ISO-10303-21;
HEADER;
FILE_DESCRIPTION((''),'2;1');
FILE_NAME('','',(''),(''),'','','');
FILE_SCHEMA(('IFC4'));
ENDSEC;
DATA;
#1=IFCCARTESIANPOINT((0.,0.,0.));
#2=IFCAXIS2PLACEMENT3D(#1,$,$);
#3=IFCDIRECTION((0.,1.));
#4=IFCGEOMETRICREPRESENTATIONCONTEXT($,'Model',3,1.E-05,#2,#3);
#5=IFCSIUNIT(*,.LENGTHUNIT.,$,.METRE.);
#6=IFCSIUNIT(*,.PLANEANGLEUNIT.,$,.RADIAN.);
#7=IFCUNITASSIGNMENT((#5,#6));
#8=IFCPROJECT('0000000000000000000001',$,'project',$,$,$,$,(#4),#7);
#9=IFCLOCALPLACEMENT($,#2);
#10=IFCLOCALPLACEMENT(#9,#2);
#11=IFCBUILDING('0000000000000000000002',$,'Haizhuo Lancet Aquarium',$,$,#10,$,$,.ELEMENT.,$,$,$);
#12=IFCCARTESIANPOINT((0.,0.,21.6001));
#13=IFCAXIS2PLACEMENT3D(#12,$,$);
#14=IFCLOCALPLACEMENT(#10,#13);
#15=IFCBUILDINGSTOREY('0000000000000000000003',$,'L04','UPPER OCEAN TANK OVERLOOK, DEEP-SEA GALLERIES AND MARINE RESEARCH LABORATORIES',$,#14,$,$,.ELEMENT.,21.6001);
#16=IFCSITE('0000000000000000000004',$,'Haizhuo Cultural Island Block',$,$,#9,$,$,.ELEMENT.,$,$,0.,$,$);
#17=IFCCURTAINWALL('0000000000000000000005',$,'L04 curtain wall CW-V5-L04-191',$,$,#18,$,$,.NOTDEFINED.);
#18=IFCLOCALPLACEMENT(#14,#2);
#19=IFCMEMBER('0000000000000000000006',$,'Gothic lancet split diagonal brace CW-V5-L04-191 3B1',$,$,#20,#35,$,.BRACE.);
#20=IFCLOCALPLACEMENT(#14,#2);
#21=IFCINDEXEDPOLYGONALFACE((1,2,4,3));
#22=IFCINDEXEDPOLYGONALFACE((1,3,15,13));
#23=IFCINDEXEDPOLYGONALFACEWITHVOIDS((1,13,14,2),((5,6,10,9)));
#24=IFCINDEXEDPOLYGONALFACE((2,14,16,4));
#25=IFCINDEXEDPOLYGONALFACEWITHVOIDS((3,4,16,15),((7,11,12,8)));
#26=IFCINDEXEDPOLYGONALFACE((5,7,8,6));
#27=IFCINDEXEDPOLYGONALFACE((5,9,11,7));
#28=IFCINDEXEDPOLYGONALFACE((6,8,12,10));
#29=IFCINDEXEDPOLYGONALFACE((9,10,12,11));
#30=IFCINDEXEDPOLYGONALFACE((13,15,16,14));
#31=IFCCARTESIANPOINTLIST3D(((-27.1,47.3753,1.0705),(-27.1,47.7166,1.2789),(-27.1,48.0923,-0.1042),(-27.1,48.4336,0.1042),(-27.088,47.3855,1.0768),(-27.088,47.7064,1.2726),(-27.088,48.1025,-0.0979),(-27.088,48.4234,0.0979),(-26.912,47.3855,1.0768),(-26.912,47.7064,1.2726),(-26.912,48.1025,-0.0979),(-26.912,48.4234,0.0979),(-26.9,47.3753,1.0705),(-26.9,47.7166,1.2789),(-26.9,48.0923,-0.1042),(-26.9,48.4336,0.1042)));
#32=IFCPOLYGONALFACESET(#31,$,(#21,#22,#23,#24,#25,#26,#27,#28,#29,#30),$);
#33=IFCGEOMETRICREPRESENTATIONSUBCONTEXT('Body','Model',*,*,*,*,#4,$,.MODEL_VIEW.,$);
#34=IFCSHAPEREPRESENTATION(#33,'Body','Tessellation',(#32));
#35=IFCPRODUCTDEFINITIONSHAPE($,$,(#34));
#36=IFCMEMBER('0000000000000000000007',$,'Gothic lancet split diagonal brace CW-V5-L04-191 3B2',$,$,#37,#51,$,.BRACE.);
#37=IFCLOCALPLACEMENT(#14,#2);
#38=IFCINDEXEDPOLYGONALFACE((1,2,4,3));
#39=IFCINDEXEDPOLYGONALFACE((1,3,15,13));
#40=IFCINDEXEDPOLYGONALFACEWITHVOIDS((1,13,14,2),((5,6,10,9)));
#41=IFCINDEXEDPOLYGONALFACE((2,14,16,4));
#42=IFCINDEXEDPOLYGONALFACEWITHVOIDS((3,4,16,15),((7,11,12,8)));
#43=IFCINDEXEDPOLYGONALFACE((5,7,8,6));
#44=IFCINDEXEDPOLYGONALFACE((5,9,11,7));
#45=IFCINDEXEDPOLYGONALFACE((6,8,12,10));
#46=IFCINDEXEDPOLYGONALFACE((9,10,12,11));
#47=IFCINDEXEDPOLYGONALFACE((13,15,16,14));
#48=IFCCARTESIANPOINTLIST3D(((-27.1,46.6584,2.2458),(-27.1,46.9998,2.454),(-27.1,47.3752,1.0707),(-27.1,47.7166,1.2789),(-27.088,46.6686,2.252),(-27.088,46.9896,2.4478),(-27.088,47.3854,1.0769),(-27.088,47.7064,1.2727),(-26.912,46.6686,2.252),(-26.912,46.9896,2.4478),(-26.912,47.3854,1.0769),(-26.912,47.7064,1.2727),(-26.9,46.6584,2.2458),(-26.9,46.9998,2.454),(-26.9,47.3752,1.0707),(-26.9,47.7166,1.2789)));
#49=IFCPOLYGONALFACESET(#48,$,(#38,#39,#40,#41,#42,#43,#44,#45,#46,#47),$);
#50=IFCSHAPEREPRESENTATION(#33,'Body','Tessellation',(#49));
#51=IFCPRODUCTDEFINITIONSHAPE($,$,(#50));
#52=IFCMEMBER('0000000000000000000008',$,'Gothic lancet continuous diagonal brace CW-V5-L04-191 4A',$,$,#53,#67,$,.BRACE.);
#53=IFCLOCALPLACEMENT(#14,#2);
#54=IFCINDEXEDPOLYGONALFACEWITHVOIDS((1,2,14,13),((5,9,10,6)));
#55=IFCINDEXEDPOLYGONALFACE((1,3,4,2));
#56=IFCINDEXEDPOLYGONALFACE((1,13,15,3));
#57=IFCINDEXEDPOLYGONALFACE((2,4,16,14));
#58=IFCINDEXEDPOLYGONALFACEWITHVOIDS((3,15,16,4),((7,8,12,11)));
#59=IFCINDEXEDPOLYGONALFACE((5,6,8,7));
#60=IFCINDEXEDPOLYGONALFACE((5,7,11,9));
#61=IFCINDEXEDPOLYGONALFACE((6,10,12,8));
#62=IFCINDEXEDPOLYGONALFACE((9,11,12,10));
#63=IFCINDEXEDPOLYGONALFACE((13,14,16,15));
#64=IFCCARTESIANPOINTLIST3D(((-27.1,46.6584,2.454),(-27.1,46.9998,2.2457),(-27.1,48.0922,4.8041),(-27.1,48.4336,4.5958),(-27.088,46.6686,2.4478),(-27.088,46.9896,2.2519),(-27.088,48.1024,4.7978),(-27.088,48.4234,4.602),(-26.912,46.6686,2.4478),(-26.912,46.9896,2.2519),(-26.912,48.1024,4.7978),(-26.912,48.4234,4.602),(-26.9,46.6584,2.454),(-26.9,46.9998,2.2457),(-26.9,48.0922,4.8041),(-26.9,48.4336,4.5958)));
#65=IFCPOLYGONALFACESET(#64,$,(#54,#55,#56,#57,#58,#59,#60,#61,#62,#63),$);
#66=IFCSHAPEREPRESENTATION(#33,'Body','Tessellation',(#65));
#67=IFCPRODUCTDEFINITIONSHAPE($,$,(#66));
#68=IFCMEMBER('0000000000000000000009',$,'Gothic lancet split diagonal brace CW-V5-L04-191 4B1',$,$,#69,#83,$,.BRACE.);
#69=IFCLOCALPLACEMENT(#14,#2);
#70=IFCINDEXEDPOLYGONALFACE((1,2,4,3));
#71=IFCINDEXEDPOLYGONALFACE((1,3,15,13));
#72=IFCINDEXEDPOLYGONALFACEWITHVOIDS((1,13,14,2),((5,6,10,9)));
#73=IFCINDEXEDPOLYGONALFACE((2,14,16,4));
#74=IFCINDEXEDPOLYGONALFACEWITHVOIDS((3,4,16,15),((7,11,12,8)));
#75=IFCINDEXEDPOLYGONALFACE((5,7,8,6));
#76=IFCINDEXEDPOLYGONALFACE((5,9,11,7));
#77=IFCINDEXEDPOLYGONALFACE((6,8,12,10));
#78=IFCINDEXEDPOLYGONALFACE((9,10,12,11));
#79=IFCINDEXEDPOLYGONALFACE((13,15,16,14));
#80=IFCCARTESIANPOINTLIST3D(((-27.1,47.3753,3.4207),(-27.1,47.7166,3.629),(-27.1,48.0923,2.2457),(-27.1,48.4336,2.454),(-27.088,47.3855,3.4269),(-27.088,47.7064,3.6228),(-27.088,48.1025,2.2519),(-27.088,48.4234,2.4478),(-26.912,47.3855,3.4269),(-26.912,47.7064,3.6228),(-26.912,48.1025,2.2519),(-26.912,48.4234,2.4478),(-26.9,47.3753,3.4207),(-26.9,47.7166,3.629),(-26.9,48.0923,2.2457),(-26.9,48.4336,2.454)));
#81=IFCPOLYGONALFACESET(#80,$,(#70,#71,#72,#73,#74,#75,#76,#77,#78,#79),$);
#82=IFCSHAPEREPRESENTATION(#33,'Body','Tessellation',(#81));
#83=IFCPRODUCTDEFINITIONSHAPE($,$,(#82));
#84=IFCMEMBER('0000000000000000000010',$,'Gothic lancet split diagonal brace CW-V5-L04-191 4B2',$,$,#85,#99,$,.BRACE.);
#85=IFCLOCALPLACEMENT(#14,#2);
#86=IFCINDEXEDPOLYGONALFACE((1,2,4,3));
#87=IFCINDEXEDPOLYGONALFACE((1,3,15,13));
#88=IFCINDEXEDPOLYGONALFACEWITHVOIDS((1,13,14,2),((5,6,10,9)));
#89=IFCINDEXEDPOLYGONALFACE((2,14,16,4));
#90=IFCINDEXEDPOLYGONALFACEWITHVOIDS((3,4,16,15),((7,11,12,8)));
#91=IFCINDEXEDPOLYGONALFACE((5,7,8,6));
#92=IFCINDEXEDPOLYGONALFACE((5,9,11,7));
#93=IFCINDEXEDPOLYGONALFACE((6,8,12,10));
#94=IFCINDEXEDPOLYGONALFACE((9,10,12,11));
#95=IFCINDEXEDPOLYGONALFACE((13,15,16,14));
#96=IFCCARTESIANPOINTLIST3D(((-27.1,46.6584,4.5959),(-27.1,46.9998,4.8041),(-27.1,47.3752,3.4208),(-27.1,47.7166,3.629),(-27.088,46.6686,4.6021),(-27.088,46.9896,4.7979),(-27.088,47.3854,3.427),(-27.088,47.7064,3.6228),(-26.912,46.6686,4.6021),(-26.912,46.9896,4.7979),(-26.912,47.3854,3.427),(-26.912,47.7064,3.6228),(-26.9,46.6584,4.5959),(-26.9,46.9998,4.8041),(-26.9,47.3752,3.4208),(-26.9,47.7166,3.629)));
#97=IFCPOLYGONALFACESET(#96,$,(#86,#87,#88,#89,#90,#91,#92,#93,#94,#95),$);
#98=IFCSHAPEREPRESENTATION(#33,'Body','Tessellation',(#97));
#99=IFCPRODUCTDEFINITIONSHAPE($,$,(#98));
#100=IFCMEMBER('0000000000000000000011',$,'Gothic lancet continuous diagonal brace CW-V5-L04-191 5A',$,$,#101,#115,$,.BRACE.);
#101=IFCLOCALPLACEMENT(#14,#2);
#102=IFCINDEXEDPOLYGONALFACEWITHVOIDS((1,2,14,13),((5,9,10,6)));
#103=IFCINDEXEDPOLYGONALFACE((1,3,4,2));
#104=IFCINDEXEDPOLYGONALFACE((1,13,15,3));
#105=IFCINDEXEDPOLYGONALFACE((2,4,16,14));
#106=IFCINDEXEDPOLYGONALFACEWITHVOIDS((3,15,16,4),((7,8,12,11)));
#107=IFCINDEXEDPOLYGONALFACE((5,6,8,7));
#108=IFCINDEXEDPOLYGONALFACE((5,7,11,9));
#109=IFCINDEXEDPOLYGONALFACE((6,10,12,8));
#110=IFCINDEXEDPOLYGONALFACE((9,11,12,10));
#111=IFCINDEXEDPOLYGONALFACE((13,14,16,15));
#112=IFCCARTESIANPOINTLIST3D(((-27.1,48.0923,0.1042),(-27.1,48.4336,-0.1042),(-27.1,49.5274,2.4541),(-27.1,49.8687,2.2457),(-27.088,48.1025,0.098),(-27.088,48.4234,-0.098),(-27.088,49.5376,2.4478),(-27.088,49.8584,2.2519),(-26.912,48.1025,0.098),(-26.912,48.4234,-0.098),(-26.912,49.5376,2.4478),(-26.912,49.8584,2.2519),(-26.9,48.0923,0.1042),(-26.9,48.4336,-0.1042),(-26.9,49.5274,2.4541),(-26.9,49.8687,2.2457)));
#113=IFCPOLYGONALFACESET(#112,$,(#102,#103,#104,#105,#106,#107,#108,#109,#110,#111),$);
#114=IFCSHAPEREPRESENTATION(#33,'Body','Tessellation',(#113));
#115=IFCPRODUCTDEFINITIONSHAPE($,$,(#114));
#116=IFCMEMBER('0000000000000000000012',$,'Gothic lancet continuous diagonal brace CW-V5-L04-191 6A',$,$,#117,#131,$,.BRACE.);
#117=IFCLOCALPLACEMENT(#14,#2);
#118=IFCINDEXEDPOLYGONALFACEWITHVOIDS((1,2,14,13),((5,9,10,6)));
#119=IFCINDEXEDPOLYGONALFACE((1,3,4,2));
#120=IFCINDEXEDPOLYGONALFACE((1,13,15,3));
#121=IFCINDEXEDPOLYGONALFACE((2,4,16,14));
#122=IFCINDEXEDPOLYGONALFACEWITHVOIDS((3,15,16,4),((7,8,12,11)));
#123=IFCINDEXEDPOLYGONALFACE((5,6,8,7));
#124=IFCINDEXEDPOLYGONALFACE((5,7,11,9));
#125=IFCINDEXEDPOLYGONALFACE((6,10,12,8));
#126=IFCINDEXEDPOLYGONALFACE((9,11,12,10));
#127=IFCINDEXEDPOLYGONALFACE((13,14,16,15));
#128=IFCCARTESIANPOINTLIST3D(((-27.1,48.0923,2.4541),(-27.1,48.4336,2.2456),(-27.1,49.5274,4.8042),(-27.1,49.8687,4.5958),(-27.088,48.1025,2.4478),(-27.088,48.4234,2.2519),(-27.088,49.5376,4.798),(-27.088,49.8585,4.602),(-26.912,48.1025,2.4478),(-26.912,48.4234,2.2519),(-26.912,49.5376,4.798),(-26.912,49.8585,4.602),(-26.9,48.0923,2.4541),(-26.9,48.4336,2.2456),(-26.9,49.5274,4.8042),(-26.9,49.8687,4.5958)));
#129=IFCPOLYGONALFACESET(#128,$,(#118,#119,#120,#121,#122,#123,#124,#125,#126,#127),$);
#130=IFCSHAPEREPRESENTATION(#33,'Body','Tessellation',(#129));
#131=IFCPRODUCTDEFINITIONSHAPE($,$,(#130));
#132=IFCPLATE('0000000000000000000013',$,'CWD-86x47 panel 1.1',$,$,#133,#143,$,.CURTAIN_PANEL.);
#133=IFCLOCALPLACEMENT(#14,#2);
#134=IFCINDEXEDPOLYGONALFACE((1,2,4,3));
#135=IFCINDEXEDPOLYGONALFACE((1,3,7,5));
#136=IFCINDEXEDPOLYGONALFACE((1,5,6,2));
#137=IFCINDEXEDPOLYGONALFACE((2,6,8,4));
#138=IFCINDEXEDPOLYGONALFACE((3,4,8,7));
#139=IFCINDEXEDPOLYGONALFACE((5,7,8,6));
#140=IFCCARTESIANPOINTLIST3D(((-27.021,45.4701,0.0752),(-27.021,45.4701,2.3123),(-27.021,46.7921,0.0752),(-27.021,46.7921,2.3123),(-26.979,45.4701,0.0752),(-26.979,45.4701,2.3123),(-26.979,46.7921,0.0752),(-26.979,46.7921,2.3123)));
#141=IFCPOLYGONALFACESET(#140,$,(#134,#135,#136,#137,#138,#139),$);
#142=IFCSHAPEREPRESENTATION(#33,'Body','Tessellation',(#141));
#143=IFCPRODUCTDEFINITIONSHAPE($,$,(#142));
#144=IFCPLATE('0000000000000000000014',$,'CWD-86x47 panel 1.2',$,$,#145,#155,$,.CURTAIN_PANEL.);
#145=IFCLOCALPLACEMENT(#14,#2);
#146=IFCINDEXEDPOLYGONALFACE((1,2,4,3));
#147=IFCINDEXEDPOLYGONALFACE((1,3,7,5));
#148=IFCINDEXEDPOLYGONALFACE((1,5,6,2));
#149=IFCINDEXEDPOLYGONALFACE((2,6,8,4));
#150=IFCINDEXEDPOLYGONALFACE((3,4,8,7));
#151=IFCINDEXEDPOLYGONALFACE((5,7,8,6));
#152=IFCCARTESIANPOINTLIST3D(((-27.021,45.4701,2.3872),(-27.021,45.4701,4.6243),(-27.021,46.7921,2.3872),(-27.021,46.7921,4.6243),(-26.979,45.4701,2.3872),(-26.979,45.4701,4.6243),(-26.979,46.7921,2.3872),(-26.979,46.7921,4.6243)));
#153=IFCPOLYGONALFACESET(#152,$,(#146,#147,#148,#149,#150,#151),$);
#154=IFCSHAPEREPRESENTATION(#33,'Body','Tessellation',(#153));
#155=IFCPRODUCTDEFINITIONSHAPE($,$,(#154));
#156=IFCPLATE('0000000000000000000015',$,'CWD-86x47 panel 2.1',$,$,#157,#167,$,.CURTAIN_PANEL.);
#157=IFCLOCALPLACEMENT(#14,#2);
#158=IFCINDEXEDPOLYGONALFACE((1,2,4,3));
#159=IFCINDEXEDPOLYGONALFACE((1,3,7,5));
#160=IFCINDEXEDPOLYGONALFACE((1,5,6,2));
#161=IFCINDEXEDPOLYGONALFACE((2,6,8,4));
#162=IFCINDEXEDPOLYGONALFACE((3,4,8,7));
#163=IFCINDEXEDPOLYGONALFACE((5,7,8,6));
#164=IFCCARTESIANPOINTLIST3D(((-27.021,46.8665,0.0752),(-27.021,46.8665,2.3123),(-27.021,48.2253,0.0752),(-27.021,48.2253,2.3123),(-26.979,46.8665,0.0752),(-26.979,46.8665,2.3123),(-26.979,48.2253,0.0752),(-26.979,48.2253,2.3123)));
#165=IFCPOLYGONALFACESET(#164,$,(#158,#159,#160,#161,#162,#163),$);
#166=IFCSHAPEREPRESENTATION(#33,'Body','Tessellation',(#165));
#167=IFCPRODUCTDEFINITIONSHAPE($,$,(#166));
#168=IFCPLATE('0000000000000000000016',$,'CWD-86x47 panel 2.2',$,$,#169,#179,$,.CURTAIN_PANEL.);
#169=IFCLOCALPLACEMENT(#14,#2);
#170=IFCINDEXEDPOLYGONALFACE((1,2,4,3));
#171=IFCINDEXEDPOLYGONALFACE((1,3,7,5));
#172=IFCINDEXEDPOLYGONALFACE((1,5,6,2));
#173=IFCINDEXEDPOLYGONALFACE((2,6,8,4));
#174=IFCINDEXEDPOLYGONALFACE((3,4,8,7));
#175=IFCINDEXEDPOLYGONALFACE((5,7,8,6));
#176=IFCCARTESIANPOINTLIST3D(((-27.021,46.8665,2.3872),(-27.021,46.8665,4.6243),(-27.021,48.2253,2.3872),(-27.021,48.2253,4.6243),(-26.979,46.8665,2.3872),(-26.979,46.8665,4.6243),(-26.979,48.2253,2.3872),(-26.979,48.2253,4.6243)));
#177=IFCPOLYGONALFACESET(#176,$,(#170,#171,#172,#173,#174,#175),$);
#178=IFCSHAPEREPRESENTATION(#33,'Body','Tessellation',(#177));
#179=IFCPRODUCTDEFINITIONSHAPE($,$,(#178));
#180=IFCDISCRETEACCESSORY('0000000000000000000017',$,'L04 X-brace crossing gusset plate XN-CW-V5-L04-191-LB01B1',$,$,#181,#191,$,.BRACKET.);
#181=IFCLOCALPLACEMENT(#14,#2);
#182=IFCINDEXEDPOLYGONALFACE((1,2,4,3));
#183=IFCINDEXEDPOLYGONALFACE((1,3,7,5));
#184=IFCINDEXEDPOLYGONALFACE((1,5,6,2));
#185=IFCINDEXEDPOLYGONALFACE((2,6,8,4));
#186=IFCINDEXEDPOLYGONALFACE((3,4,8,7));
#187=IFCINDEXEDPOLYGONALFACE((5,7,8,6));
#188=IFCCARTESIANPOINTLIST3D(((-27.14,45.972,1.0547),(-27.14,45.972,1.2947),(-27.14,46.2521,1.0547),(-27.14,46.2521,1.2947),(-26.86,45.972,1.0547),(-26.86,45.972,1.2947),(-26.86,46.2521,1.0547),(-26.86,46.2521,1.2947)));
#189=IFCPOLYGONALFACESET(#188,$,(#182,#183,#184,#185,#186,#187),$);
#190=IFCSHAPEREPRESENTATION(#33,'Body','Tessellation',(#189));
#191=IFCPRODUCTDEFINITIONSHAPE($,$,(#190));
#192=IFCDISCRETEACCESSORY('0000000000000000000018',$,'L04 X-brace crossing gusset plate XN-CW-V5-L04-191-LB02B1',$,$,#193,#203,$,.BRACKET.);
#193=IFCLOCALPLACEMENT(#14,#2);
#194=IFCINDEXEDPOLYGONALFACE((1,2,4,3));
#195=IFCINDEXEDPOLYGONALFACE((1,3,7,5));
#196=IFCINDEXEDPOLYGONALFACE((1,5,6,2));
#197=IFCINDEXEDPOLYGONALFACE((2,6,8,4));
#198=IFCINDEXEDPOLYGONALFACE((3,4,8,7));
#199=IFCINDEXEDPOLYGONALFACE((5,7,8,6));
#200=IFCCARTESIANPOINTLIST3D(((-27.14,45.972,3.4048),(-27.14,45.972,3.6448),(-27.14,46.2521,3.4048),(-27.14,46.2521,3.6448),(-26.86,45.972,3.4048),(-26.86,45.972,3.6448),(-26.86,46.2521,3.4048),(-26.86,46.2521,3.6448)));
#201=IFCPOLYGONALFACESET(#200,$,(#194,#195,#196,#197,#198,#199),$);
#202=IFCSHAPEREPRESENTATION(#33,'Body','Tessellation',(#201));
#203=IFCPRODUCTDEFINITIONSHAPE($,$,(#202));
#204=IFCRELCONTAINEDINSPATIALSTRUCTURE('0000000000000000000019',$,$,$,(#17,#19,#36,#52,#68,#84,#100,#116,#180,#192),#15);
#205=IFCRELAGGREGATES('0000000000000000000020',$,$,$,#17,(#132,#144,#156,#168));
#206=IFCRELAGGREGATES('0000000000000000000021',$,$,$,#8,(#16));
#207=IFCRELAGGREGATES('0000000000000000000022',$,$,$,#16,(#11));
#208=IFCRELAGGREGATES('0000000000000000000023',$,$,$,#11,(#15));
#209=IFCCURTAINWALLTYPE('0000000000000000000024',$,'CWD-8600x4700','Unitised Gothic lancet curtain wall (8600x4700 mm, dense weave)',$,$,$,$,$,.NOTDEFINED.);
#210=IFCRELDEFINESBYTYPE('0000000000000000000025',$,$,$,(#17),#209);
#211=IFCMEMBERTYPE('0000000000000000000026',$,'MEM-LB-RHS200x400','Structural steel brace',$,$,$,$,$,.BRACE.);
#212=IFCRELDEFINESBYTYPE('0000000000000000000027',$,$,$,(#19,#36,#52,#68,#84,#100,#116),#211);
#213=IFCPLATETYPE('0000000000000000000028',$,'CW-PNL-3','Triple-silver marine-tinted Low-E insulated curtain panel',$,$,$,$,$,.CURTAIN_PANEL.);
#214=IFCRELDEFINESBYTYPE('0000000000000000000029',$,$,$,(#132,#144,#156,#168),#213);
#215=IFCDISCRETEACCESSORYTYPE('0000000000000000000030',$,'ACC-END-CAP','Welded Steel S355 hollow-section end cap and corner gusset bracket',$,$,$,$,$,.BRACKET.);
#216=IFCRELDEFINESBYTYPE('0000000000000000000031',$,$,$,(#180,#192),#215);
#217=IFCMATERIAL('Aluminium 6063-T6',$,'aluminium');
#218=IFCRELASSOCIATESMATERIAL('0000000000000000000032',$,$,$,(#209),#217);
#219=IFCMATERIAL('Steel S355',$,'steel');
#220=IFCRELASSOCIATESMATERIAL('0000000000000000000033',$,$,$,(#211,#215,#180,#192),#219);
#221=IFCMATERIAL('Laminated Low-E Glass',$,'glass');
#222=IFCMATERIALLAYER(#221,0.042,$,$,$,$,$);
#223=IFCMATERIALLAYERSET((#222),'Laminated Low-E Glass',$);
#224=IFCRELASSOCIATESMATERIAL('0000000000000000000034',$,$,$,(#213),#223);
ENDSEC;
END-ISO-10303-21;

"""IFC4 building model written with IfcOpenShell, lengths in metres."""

from ifc_helpers import new_model, si_unit, direction, frame, origin, origin_2d, place, context, subcontext, project, spatial, rectangle, hollow_rectangle, extrude, material, layer, layer_set, material_profile, profile_set, type_object, element, aggregate, save


model = new_model("IFC4")

# Units and contexts
model_context = context("Model", 3, precision=1e-05, world=origin(), true_north=direction((0.0, 1.0)))
body_context = subcontext(model_context, "Body", "Model", "MODEL_VIEW")
ifc_project = project(units=[si_unit("LENGTHUNIT", "METRE"), si_unit("PLANEANGLEUNIT", "RADIAN")], contexts=[model_context])

# Site, building, storey
site_placement = place(None, origin())
site = spatial("IfcSite", under=ifc_project, at=site_placement, Name="Haizhuo Cultural Island Block", CompositionType="ELEMENT", RefElevation=0.0)
building_placement = place(site_placement, origin())
building = spatial("IfcBuilding", under=site, at=building_placement, Name="Haizhuo Lancet Aquarium", CompositionType="ELEMENT")
storey_placement = place(building_placement, frame((0.0, 0.0, 21.6001)))
storey = spatial("IfcBuildingStorey", under=building, at=storey_placement, Name="L04", Description="UPPER OCEAN TANK OVERLOOK, DEEP-SEA GALLERIES AND MARINE RESEARCH LABORATORIES", CompositionType="ELEMENT", Elevation=21.6001)

# Curtain wall
ifc_material_1 = material(Name="Aluminium 6063-T6", Category="aluminium")
curtain_wall_type = type_object("IfcCurtainWallType", Name="CWD-8600x4700", Description="Unitised Gothic lancet curtain wall (8600x4700 mm, dense weave)", PredefinedType="NOTDEFINED", material=ifc_material_1)
curtain_wall_placement = place(storey_placement, origin())
curtain_wall = element("IfcCurtainWall", 1, at=curtain_wall_placement, inside=storey, type_object=curtain_wall_type, Name="L04 curtain wall CW-V5-L04-191", PredefinedType="NOTDEFINED")

# Members
ifc_material_2 = material(Name="Steel S355", Category="steel")
ifc_material_profile_1 = material_profile(ifc_material_2, hollow_rectangle(XDim=0.2, YDim=0.3999, WallThickness=0.012, at=origin_2d()), Name="RHS 200x400x12")
ifc_profile_set_1 = profile_set([ifc_material_profile_1], Name="Steel S355")
member_type_1 = type_object("IfcMemberType", Name="MEM-LB-RHS200x400", Description="Structural steel brace", PredefinedType="BRACE", material=ifc_profile_set_1)
member_1_placement = place(storey_placement, frame((-27.0, 48.2629, 0.0), z_axis=(0.0, -0.520976, 0.853571), x_axis=(1.0, 0.0, 0.0)))
element("IfcMember", 2, at=member_1_placement, inside=storey, type_object=member_type_1, Name="Gothic lancet split diagonal brace CW-V5-L04-191 3B1", PredefinedType="BRACE", context=body_context, shape_type="SweptSolid", body=[
    extrude(hollow_rectangle(XDim=0.2, YDim=0.3999, WallThickness=0.012, at=origin_2d()), origin(), (0.0, 0.0, 1.0), 1.3762),
])
member_2_placement = place(storey_placement, frame((-27.0, 47.5459, 1.1748), z_axis=(0.0, -0.520768, 0.853698), x_axis=(1.0, 0.0, 0.0)))
element("IfcMember", 3, at=member_2_placement, inside=storey, type_object=member_type_1, Name="Gothic lancet split diagonal brace CW-V5-L04-191 3B2", PredefinedType="BRACE", context=body_context, shape_type="SweptSolid", body=[
    extrude(hollow_rectangle(XDim=0.2, YDim=0.3999, WallThickness=0.012, at=origin_2d()), origin(), (0.0, 0.0, 1.0), 1.3765),
])
member_3_placement = place(storey_placement, frame((-27.0, 46.8291, 2.3499), z_axis=(0.0, 0.520833, 0.853659), x_axis=(-1.0, 0.0, 0.0)))
element("IfcMember", 4, at=member_3_placement, inside=storey, type_object=member_type_1, Name="Gothic lancet continuous diagonal brace CW-V5-L04-191 4A", PredefinedType="BRACE", context=body_context, shape_type="SweptSolid", body=[
    extrude(hollow_rectangle(XDim=0.2, YDim=0.3999, WallThickness=0.012, at=origin_2d()), origin(), (0.0, 0.0, 1.0), 2.7529),
])
for number, where, z_axis, x_axis, name in (
    (5, (-27.0, 48.2629, 2.3499), (0.0, -0.520898, 0.853619), (1.0, 0.0, 0.0), "Gothic lancet split diagonal brace CW-V5-L04-191 4B1"),
    (6, (-27.0, 47.5459, 3.5249), (0.0, -0.520768, 0.853698), (1.0, 0.0, 0.0), "Gothic lancet split diagonal brace CW-V5-L04-191 4B2"),
):
    element("IfcMember", number, at=place(storey_placement, frame(where, z_axis=z_axis, x_axis=x_axis)), inside=storey, type_object=member_type_1, Name=name, PredefinedType="BRACE", context=body_context, shape_type="SweptSolid", body=[
        extrude(hollow_rectangle(XDim=0.2, YDim=0.3999, WallThickness=0.012, at=origin_2d()), origin(), (0.0, 0.0, 1.0), 1.3765),
    ])
member_4_placement = place(storey_placement, frame((-27.0, 48.2629, 0.0), z_axis=(0.0, 0.521195, 0.853437), x_axis=(-1.0, 0.0, 0.0)))
element("IfcMember", 7, at=member_4_placement, inside=storey, type_object=member_type_1, Name="Gothic lancet continuous diagonal brace CW-V5-L04-191 5A", PredefinedType="BRACE", context=body_context, shape_type="SweptSolid", body=[
    extrude(hollow_rectangle(XDim=0.2, YDim=0.3999, WallThickness=0.012, at=origin_2d()), origin(), (0.0, 0.0, 1.0), 2.7534),
])
member_5_placement = place(storey_placement, frame((-27.0, 48.2629, 2.3499), z_axis=(0.0, 0.521156, 0.853461), x_axis=(-1.0, 0.0, 0.0)))
element("IfcMember", 8, at=member_5_placement, inside=storey, type_object=member_type_1, Name="Gothic lancet continuous diagonal brace CW-V5-L04-191 6A", PredefinedType="BRACE", context=body_context, shape_type="SweptSolid", body=[
    extrude(hollow_rectangle(XDim=0.2, YDim=0.3999, WallThickness=0.012, at=origin_2d()), origin(), (0.0, 0.0, 1.0), 2.7537),
])

# Plates
ifc_material_3 = material(Name="Laminated Low-E Glass", Category="glass")
ifc_layer = layer(ifc_material_3, 0.042)
ifc_layer_set = layer_set([ifc_layer], Name="Laminated Low-E Glass")
plate_type = type_object("IfcPlateType", Name="CW-PNL-3", Description="Triple-silver marine-tinted Low-E insulated curtain panel", PredefinedType="CURTAIN_PANEL", material=ifc_layer_set)
plate_1_placement = place(storey_placement, frame((-27.0, 46.1311, 0.0752), z_axis=(0.0, 0.0, 1.0), x_axis=(0.0, 1.0, 0.0)))
plate_1 = element("IfcPlate", 9, at=plate_1_placement, type_object=plate_type, Name="CWD-86x47 panel 1.1", PredefinedType="CURTAIN_PANEL", context=body_context, shape_type="SweptSolid", body=[
    extrude(rectangle(XDim=1.322, YDim=0.042, at=origin_2d()), origin(), (0.0, 0.0, 1.0), 2.2371),
])
plate_2_placement = place(storey_placement, frame((-27.0, 46.1311, 2.3872), z_axis=(0.0, 0.0, 1.0), x_axis=(0.0, 1.0, 0.0)))
plate_2 = element("IfcPlate", 10, at=plate_2_placement, type_object=plate_type, Name="CWD-86x47 panel 1.2", PredefinedType="CURTAIN_PANEL", context=body_context, shape_type="SweptSolid", body=[
    extrude(rectangle(XDim=1.322, YDim=0.042, at=origin_2d()), origin(), (0.0, 0.0, 1.0), 2.2371),
])
plate_3_placement = place(storey_placement, frame((-27.0, 47.5459, 0.0752), z_axis=(0.0, 0.0, 1.0), x_axis=(0.0, 1.0, 0.0)))
plate_3 = element("IfcPlate", 11, at=plate_3_placement, type_object=plate_type, Name="CWD-86x47 panel 2.1", PredefinedType="CURTAIN_PANEL", context=body_context, shape_type="SweptSolid", body=[
    extrude(rectangle(XDim=1.3589, YDim=0.042, at=origin_2d()), origin(), (0.0, 0.0, 1.0), 2.2371),
])
plate_4_placement = place(storey_placement, frame((-27.0, 47.5459, 2.3872), z_axis=(0.0, 0.0, 1.0), x_axis=(0.0, 1.0, 0.0)))
plate_4 = element("IfcPlate", 12, at=plate_4_placement, type_object=plate_type, Name="CWD-86x47 panel 2.2", PredefinedType="CURTAIN_PANEL", context=body_context, shape_type="SweptSolid", body=[
    extrude(rectangle(XDim=1.3589, YDim=0.042, at=origin_2d()), origin(), (0.0, 0.0, 1.0), 2.2371),
])
aggregate(curtain_wall, [plate_1, plate_2, plate_3, plate_4])

# Discrete accessories
discrete_accessory_type = type_object("IfcDiscreteAccessoryType", Name="ACC-END-CAP", Description="Welded Steel S355 hollow-section end cap and corner gusset bracket", PredefinedType="BRACKET", material=ifc_material_2)
for number, where, z_axis, x_axis, name in (
    (13, (-27.0, 46.1121, 1.0547), (0.0, 0.0, 1.0), (1.0, 0.0, 0.0), "L04 X-brace crossing gusset plate XN-CW-V5-L04-191-LB01B1"),
    (14, (-27.0, 46.1121, 3.4048), (0.0, 0.0, 1.0), (1.0, 0.0, 0.0), "L04 X-brace crossing gusset plate XN-CW-V5-L04-191-LB02B1"),
):
    element("IfcDiscreteAccessory", number, at=place(storey_placement, frame(where, z_axis=z_axis, x_axis=x_axis)), inside=storey, type_object=discrete_accessory_type, material=ifc_material_2, Name=name, PredefinedType="BRACKET", context=body_context, shape_type="SweptSolid", body=[
        extrude(rectangle(XDim=0.28, YDim=0.28, at=origin_2d()), origin(), (0.0, 0.0, 1.0), 0.24),
    ])

save(model, "model.ifc")
